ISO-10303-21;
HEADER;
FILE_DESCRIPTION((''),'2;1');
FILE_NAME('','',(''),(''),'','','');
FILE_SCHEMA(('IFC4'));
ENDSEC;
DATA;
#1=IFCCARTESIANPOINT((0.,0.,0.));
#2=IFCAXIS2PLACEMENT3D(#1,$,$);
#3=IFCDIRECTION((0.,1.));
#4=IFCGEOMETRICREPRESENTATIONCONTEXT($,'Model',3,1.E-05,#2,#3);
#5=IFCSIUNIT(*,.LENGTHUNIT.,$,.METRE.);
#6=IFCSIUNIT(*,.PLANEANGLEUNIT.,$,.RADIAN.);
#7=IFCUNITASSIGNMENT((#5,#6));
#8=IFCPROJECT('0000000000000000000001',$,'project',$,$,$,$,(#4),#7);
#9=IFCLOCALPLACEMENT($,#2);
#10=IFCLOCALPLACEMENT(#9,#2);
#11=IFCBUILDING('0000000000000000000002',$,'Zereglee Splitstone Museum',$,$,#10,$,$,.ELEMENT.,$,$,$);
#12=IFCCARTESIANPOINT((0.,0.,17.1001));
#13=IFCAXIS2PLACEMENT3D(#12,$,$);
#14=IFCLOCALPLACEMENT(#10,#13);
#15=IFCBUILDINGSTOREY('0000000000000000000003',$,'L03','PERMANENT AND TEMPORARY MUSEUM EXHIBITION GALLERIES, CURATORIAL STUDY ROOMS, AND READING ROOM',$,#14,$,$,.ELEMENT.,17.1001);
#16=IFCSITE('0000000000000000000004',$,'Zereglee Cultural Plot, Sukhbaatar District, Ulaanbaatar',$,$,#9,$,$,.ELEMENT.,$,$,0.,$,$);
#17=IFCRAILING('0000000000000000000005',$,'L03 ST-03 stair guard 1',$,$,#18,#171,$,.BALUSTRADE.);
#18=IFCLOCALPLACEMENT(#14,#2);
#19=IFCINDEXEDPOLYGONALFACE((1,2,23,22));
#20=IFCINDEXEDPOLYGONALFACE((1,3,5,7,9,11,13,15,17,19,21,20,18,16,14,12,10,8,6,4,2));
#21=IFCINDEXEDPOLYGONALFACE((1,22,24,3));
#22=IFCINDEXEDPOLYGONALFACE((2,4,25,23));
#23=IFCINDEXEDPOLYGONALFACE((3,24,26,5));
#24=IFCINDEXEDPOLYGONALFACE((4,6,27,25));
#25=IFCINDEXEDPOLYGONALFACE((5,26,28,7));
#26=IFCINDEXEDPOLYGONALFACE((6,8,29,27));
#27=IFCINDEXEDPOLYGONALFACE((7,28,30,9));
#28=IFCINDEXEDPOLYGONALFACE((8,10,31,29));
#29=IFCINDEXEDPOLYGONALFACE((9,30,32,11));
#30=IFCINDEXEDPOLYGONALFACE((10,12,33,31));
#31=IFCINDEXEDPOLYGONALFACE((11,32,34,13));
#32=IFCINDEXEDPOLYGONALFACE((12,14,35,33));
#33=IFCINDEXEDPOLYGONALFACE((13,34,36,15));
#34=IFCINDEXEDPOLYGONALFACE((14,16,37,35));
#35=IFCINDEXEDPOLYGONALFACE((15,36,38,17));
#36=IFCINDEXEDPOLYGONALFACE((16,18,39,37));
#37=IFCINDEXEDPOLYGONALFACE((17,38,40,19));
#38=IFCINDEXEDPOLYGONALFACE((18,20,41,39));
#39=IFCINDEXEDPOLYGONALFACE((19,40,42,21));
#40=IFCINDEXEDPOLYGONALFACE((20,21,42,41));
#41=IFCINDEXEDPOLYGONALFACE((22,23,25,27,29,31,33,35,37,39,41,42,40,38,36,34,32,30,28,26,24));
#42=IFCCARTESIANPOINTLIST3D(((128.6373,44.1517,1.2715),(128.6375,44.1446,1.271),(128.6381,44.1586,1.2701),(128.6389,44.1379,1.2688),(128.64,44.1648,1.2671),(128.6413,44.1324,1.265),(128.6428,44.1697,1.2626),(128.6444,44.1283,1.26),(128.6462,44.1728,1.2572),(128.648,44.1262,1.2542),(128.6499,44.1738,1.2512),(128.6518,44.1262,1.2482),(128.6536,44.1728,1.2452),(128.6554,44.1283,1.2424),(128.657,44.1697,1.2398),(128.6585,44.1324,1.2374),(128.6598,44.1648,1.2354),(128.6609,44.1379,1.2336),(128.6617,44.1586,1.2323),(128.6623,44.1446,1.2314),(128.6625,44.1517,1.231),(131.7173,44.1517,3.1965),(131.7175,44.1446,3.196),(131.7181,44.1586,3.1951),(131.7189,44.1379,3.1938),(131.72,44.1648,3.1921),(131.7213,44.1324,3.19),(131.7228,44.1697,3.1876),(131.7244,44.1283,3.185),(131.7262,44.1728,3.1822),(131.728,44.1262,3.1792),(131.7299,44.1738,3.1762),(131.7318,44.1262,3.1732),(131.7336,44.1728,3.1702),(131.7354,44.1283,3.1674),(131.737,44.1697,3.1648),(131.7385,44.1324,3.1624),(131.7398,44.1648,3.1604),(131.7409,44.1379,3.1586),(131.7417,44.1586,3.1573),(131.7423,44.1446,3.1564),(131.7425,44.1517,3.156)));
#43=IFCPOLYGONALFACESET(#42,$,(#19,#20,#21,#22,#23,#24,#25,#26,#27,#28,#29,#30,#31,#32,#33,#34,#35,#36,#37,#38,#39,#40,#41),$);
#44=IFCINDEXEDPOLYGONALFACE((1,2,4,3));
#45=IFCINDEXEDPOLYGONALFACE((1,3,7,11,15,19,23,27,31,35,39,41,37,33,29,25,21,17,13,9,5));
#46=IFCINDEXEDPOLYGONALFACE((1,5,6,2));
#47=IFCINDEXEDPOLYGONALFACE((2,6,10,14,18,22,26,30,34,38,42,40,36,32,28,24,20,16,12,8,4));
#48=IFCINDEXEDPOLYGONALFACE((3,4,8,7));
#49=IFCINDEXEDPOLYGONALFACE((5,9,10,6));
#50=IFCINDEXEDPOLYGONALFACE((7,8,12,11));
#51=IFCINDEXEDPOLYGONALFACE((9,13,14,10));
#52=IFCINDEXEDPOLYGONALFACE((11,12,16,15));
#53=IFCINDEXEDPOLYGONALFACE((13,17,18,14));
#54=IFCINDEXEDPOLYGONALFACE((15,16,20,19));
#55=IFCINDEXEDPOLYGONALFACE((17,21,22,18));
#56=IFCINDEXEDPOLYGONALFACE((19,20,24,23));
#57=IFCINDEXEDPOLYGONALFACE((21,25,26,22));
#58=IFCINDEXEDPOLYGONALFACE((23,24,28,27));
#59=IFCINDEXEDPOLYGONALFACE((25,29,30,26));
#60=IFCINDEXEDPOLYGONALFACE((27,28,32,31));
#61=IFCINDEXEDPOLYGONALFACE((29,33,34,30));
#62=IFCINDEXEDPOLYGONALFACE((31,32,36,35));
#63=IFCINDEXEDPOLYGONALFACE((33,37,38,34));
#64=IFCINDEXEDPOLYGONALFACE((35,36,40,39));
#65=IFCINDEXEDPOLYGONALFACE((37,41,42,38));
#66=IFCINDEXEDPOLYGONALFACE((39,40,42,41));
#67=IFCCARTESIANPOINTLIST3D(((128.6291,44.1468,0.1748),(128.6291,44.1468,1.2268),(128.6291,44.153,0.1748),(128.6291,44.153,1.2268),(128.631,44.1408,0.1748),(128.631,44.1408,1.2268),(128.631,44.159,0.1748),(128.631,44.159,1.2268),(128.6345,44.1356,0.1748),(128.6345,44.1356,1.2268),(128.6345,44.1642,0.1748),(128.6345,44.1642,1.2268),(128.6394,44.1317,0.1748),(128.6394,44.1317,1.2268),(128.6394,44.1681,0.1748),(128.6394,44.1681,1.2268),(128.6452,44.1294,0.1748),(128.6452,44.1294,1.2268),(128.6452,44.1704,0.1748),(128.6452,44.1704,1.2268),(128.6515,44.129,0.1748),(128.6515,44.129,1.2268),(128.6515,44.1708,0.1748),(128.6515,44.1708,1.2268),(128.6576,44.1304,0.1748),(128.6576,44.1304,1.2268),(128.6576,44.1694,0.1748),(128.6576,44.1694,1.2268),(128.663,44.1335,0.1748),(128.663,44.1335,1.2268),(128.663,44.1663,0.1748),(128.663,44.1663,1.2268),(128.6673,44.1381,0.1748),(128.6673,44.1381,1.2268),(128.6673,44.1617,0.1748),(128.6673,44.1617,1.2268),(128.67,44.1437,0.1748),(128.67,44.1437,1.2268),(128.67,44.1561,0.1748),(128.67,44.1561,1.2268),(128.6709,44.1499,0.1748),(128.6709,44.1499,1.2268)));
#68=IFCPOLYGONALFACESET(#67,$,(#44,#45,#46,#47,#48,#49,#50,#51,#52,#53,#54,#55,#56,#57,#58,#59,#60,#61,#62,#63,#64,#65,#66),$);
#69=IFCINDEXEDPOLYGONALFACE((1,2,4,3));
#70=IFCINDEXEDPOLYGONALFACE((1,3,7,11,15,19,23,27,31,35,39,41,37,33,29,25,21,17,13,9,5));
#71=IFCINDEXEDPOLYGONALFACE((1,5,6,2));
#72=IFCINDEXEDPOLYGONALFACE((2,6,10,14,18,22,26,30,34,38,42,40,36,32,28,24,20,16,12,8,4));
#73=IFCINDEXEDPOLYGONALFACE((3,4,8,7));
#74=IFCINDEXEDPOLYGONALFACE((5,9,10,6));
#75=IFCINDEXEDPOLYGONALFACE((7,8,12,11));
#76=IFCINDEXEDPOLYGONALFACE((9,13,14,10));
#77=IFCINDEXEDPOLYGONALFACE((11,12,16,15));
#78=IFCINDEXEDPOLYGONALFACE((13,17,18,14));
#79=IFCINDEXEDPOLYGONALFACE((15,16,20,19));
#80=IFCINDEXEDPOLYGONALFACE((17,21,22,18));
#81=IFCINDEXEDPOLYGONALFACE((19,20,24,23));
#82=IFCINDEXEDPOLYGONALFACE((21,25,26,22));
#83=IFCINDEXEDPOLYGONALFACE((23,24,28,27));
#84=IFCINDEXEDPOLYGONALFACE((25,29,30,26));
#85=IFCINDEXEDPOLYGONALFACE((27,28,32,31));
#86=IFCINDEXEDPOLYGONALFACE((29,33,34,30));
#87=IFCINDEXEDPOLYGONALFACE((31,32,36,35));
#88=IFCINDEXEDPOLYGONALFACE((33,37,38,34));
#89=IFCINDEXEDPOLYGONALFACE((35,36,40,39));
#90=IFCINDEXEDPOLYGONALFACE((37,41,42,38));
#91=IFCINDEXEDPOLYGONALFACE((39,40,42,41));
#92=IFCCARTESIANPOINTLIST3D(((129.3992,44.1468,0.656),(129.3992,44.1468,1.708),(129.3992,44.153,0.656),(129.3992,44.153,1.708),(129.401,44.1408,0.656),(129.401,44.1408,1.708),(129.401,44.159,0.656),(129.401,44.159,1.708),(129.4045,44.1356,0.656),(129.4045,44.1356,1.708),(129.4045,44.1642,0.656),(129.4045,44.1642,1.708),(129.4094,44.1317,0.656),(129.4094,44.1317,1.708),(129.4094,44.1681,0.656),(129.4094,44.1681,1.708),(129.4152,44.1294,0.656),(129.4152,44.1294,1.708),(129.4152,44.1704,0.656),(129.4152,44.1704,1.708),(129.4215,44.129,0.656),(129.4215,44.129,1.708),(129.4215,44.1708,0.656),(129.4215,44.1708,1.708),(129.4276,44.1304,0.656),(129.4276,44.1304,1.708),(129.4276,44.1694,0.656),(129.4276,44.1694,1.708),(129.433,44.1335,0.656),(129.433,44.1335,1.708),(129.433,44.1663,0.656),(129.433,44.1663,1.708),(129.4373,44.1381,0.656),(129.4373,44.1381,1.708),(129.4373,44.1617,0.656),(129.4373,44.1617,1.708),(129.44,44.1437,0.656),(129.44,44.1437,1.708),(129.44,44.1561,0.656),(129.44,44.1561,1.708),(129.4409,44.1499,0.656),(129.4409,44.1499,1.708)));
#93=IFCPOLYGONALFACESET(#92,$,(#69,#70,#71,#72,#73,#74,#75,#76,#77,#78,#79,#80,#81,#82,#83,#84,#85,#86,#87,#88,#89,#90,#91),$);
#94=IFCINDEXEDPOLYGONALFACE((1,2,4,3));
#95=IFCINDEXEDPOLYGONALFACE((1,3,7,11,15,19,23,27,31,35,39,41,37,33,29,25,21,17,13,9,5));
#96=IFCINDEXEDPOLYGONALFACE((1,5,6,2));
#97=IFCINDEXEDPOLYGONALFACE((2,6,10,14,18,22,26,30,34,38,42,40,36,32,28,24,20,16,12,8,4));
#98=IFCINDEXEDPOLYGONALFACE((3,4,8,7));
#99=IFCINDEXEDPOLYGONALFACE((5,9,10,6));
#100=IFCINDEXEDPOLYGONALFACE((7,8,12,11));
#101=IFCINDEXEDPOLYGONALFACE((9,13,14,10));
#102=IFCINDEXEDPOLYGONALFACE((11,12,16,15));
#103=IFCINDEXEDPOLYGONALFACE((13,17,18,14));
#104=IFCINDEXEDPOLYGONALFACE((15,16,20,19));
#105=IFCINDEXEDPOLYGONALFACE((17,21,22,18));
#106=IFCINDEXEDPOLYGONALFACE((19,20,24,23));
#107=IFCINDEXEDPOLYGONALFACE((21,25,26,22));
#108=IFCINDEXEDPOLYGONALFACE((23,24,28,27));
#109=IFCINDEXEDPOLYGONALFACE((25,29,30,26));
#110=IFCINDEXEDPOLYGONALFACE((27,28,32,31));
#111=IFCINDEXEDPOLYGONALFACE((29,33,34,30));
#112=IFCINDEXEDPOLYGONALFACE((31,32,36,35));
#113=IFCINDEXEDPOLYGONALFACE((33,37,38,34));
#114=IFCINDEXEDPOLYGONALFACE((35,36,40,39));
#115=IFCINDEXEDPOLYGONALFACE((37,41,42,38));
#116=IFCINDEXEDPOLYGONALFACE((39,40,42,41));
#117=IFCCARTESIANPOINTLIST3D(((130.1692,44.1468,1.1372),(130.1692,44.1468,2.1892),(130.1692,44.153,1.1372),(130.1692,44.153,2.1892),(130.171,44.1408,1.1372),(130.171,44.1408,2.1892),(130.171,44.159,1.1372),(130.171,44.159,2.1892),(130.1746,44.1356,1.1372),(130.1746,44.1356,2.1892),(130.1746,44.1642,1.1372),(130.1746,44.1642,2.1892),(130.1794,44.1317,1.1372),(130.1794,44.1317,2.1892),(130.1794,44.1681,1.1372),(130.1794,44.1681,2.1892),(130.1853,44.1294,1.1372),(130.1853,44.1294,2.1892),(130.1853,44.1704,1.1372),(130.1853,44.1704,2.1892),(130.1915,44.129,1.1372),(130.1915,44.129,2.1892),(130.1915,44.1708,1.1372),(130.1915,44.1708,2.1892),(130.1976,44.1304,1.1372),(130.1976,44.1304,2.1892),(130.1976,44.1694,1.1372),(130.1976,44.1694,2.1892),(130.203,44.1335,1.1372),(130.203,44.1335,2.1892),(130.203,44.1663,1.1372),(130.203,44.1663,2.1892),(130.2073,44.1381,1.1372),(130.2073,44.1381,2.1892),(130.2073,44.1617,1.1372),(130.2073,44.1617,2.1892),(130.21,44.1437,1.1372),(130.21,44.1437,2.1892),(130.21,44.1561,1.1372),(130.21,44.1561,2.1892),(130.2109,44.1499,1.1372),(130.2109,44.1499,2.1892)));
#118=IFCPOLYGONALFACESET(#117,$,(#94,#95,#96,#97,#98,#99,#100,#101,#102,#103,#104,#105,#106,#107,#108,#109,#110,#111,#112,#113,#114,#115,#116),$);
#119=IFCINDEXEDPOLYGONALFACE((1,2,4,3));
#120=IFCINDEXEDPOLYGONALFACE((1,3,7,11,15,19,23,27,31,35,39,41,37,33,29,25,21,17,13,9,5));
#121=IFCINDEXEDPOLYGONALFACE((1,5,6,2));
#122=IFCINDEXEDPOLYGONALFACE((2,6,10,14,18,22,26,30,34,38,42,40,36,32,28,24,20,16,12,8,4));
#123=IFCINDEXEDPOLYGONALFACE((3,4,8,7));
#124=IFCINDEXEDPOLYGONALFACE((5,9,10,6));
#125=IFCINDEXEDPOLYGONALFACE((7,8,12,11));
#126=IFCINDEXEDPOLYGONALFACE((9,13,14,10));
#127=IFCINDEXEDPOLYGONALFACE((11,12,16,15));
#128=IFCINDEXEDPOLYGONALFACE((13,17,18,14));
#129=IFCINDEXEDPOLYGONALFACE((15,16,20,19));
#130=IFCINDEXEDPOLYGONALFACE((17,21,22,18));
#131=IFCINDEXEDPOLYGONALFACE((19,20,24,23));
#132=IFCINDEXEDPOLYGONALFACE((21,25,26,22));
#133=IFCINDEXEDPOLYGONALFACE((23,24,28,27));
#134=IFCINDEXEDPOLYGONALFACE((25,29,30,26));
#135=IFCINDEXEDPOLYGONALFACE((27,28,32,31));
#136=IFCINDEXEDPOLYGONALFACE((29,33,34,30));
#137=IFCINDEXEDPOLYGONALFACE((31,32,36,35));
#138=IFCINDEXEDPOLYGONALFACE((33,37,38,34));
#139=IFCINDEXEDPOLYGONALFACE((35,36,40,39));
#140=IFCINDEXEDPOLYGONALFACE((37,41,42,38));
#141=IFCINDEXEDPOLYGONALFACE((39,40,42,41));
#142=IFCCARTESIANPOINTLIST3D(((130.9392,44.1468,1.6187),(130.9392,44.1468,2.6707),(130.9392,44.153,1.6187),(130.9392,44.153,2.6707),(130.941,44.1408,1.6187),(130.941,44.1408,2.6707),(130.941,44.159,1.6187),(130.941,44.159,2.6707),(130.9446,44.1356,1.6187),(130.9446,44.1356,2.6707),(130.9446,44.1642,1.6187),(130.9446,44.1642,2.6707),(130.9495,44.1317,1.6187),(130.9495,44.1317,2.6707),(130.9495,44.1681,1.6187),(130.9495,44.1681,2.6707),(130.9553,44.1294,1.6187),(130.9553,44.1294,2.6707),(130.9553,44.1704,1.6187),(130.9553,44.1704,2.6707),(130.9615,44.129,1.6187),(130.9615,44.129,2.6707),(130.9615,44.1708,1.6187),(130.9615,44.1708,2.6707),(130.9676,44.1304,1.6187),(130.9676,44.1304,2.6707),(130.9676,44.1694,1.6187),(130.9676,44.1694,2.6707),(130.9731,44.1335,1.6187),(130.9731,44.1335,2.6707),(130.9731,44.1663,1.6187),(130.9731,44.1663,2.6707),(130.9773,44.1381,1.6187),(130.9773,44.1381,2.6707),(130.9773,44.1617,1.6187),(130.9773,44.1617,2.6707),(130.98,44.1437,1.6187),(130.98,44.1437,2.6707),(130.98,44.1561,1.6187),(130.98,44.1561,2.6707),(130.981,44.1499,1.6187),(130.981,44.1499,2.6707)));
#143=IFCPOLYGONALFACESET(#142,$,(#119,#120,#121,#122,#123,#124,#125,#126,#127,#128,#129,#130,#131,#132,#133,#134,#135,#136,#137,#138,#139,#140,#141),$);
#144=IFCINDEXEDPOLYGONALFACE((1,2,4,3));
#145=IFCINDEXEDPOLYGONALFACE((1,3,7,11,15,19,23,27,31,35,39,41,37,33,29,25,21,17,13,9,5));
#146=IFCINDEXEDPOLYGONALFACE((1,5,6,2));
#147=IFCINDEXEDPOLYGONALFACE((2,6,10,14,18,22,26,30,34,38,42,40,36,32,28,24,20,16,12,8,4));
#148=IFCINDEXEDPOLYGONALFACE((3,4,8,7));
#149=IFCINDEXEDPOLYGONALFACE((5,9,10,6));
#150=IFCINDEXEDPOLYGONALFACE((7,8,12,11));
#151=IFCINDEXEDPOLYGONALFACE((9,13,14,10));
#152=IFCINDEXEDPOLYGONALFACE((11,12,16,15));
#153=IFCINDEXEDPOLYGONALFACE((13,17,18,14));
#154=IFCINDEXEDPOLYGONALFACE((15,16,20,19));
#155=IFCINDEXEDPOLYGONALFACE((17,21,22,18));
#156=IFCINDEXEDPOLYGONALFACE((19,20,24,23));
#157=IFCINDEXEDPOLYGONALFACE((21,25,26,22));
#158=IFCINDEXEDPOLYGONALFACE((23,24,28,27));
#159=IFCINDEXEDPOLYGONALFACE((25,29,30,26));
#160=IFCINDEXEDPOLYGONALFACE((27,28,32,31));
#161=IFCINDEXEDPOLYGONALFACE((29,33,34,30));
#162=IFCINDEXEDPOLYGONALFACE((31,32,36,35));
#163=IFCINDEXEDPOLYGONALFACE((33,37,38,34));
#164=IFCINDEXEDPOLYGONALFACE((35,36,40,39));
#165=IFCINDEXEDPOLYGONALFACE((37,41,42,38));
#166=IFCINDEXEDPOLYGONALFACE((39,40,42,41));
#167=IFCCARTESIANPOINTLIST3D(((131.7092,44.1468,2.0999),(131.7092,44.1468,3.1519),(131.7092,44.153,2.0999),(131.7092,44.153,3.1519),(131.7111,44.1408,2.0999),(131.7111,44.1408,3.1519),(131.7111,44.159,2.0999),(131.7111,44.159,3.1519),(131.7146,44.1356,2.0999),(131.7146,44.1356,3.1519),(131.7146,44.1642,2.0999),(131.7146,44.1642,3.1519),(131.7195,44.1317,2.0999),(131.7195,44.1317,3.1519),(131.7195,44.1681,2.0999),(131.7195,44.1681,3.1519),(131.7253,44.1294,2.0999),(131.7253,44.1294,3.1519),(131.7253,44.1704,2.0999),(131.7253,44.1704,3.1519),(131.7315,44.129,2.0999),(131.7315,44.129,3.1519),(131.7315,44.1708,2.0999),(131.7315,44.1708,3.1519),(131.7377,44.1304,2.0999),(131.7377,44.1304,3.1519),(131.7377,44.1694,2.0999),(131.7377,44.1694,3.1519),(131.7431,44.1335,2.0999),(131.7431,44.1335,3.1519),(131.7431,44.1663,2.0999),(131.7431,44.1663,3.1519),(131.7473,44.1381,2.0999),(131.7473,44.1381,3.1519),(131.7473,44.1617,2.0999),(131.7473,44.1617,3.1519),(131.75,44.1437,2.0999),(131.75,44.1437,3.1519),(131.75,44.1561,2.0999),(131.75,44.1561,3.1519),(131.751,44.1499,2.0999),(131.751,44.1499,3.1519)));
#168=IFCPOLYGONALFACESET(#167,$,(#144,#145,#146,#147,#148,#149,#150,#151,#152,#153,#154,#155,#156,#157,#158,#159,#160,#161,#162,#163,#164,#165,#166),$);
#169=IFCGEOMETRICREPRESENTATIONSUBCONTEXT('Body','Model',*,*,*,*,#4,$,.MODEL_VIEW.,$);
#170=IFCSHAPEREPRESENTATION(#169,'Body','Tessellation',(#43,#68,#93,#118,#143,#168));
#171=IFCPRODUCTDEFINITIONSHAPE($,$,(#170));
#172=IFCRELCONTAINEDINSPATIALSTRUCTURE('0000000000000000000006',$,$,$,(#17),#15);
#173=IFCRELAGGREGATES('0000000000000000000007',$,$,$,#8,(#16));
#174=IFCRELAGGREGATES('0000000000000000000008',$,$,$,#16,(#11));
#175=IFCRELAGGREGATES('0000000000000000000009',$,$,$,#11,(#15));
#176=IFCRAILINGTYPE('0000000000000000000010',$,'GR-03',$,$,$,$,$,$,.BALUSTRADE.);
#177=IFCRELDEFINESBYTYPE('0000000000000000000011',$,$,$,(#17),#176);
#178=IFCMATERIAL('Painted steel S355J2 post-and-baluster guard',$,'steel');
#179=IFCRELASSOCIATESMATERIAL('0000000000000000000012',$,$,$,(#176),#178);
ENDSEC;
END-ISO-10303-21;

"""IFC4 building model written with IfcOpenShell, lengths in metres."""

from ifc_helpers import new_model, si_unit, direction, frame, origin, origin_2d, place, context, subcontext, project, spatial, circle, extrude, material, type_object, element, save


model = new_model("IFC4")

# Units and contexts
model_context = context("Model", 3, precision=1e-05, world=origin(), true_north=direction((0.0, 1.0)))
body_context = subcontext(model_context, "Body", "Model", "MODEL_VIEW")
ifc_project = project(units=[si_unit("LENGTHUNIT", "METRE"), si_unit("PLANEANGLEUNIT", "RADIAN")], contexts=[model_context])

# Site, building, storey
site_placement = place(None, origin())
site = spatial("IfcSite", under=ifc_project, at=site_placement, Name="Zereglee Cultural Plot, Sukhbaatar District, Ulaanbaatar", CompositionType="ELEMENT", RefElevation=0.0)
building_placement = place(site_placement, origin())
building = spatial("IfcBuilding", under=site, at=building_placement, Name="Zereglee Splitstone Museum", CompositionType="ELEMENT")
storey_placement = place(building_placement, frame((0.0, 0.0, 17.1001)))
storey = spatial("IfcBuildingStorey", under=building, at=storey_placement, Name="L03", Description="PERMANENT AND TEMPORARY MUSEUM EXHIBITION GALLERIES, CURATORIAL STUDY ROOMS, AND READING ROOM", CompositionType="ELEMENT", Elevation=17.1001)

# Railing
ifc_material_1 = material(Name="Painted steel S355J2 post-and-baluster guard", Category="steel")
railing_type_1 = type_object("IfcRailingType", Name="GR-03", PredefinedType="BALUSTRADE", material=ifc_material_1)
railing_1_placement = place(storey_placement, frame((128.6499, 44.1499, 0.1748)))
element("IfcRailing", 1, at=railing_1_placement, inside=storey, type_object=railing_type_1, Name="L03 ST-03 stair guard 1", PredefinedType="BALUSTRADE", context=body_context, shape_type="SweptSolid", body=[
    extrude(circle(Radius=0.0239, at=origin_2d()), frame((0.0, 0.0, 1.0764), z_axis=(0.847998, 0.0, 0.529999), x_axis=(0.0, 1.0, 0.0)), (0.0, 0.0, 1.0), 3.6321),
    extrude(circle(Radius=0.021, at=origin_2d()), origin(), (0.0, 0.0, 1.0), 1.052),
    extrude(circle(Radius=0.021, at=origin_2d()), frame((0.77, 0.0, 0.4812)), (0.0, 0.0, 1.0), 1.052),
    extrude(circle(Radius=0.021, at=origin_2d()), frame((1.54, 0.0, 0.9624)), (0.0, 0.0, 1.0), 1.052),
    extrude(circle(Radius=0.021, at=origin_2d()), frame((2.3101, 0.0, 1.4438)), (0.0, 0.0, 1.0), 1.052),
    extrude(circle(Radius=0.021, at=origin_2d()), frame((3.0801, 0.0, 1.925)), (0.0, 0.0, 1.0), 1.052),
])

save(model, "model.ifc")
